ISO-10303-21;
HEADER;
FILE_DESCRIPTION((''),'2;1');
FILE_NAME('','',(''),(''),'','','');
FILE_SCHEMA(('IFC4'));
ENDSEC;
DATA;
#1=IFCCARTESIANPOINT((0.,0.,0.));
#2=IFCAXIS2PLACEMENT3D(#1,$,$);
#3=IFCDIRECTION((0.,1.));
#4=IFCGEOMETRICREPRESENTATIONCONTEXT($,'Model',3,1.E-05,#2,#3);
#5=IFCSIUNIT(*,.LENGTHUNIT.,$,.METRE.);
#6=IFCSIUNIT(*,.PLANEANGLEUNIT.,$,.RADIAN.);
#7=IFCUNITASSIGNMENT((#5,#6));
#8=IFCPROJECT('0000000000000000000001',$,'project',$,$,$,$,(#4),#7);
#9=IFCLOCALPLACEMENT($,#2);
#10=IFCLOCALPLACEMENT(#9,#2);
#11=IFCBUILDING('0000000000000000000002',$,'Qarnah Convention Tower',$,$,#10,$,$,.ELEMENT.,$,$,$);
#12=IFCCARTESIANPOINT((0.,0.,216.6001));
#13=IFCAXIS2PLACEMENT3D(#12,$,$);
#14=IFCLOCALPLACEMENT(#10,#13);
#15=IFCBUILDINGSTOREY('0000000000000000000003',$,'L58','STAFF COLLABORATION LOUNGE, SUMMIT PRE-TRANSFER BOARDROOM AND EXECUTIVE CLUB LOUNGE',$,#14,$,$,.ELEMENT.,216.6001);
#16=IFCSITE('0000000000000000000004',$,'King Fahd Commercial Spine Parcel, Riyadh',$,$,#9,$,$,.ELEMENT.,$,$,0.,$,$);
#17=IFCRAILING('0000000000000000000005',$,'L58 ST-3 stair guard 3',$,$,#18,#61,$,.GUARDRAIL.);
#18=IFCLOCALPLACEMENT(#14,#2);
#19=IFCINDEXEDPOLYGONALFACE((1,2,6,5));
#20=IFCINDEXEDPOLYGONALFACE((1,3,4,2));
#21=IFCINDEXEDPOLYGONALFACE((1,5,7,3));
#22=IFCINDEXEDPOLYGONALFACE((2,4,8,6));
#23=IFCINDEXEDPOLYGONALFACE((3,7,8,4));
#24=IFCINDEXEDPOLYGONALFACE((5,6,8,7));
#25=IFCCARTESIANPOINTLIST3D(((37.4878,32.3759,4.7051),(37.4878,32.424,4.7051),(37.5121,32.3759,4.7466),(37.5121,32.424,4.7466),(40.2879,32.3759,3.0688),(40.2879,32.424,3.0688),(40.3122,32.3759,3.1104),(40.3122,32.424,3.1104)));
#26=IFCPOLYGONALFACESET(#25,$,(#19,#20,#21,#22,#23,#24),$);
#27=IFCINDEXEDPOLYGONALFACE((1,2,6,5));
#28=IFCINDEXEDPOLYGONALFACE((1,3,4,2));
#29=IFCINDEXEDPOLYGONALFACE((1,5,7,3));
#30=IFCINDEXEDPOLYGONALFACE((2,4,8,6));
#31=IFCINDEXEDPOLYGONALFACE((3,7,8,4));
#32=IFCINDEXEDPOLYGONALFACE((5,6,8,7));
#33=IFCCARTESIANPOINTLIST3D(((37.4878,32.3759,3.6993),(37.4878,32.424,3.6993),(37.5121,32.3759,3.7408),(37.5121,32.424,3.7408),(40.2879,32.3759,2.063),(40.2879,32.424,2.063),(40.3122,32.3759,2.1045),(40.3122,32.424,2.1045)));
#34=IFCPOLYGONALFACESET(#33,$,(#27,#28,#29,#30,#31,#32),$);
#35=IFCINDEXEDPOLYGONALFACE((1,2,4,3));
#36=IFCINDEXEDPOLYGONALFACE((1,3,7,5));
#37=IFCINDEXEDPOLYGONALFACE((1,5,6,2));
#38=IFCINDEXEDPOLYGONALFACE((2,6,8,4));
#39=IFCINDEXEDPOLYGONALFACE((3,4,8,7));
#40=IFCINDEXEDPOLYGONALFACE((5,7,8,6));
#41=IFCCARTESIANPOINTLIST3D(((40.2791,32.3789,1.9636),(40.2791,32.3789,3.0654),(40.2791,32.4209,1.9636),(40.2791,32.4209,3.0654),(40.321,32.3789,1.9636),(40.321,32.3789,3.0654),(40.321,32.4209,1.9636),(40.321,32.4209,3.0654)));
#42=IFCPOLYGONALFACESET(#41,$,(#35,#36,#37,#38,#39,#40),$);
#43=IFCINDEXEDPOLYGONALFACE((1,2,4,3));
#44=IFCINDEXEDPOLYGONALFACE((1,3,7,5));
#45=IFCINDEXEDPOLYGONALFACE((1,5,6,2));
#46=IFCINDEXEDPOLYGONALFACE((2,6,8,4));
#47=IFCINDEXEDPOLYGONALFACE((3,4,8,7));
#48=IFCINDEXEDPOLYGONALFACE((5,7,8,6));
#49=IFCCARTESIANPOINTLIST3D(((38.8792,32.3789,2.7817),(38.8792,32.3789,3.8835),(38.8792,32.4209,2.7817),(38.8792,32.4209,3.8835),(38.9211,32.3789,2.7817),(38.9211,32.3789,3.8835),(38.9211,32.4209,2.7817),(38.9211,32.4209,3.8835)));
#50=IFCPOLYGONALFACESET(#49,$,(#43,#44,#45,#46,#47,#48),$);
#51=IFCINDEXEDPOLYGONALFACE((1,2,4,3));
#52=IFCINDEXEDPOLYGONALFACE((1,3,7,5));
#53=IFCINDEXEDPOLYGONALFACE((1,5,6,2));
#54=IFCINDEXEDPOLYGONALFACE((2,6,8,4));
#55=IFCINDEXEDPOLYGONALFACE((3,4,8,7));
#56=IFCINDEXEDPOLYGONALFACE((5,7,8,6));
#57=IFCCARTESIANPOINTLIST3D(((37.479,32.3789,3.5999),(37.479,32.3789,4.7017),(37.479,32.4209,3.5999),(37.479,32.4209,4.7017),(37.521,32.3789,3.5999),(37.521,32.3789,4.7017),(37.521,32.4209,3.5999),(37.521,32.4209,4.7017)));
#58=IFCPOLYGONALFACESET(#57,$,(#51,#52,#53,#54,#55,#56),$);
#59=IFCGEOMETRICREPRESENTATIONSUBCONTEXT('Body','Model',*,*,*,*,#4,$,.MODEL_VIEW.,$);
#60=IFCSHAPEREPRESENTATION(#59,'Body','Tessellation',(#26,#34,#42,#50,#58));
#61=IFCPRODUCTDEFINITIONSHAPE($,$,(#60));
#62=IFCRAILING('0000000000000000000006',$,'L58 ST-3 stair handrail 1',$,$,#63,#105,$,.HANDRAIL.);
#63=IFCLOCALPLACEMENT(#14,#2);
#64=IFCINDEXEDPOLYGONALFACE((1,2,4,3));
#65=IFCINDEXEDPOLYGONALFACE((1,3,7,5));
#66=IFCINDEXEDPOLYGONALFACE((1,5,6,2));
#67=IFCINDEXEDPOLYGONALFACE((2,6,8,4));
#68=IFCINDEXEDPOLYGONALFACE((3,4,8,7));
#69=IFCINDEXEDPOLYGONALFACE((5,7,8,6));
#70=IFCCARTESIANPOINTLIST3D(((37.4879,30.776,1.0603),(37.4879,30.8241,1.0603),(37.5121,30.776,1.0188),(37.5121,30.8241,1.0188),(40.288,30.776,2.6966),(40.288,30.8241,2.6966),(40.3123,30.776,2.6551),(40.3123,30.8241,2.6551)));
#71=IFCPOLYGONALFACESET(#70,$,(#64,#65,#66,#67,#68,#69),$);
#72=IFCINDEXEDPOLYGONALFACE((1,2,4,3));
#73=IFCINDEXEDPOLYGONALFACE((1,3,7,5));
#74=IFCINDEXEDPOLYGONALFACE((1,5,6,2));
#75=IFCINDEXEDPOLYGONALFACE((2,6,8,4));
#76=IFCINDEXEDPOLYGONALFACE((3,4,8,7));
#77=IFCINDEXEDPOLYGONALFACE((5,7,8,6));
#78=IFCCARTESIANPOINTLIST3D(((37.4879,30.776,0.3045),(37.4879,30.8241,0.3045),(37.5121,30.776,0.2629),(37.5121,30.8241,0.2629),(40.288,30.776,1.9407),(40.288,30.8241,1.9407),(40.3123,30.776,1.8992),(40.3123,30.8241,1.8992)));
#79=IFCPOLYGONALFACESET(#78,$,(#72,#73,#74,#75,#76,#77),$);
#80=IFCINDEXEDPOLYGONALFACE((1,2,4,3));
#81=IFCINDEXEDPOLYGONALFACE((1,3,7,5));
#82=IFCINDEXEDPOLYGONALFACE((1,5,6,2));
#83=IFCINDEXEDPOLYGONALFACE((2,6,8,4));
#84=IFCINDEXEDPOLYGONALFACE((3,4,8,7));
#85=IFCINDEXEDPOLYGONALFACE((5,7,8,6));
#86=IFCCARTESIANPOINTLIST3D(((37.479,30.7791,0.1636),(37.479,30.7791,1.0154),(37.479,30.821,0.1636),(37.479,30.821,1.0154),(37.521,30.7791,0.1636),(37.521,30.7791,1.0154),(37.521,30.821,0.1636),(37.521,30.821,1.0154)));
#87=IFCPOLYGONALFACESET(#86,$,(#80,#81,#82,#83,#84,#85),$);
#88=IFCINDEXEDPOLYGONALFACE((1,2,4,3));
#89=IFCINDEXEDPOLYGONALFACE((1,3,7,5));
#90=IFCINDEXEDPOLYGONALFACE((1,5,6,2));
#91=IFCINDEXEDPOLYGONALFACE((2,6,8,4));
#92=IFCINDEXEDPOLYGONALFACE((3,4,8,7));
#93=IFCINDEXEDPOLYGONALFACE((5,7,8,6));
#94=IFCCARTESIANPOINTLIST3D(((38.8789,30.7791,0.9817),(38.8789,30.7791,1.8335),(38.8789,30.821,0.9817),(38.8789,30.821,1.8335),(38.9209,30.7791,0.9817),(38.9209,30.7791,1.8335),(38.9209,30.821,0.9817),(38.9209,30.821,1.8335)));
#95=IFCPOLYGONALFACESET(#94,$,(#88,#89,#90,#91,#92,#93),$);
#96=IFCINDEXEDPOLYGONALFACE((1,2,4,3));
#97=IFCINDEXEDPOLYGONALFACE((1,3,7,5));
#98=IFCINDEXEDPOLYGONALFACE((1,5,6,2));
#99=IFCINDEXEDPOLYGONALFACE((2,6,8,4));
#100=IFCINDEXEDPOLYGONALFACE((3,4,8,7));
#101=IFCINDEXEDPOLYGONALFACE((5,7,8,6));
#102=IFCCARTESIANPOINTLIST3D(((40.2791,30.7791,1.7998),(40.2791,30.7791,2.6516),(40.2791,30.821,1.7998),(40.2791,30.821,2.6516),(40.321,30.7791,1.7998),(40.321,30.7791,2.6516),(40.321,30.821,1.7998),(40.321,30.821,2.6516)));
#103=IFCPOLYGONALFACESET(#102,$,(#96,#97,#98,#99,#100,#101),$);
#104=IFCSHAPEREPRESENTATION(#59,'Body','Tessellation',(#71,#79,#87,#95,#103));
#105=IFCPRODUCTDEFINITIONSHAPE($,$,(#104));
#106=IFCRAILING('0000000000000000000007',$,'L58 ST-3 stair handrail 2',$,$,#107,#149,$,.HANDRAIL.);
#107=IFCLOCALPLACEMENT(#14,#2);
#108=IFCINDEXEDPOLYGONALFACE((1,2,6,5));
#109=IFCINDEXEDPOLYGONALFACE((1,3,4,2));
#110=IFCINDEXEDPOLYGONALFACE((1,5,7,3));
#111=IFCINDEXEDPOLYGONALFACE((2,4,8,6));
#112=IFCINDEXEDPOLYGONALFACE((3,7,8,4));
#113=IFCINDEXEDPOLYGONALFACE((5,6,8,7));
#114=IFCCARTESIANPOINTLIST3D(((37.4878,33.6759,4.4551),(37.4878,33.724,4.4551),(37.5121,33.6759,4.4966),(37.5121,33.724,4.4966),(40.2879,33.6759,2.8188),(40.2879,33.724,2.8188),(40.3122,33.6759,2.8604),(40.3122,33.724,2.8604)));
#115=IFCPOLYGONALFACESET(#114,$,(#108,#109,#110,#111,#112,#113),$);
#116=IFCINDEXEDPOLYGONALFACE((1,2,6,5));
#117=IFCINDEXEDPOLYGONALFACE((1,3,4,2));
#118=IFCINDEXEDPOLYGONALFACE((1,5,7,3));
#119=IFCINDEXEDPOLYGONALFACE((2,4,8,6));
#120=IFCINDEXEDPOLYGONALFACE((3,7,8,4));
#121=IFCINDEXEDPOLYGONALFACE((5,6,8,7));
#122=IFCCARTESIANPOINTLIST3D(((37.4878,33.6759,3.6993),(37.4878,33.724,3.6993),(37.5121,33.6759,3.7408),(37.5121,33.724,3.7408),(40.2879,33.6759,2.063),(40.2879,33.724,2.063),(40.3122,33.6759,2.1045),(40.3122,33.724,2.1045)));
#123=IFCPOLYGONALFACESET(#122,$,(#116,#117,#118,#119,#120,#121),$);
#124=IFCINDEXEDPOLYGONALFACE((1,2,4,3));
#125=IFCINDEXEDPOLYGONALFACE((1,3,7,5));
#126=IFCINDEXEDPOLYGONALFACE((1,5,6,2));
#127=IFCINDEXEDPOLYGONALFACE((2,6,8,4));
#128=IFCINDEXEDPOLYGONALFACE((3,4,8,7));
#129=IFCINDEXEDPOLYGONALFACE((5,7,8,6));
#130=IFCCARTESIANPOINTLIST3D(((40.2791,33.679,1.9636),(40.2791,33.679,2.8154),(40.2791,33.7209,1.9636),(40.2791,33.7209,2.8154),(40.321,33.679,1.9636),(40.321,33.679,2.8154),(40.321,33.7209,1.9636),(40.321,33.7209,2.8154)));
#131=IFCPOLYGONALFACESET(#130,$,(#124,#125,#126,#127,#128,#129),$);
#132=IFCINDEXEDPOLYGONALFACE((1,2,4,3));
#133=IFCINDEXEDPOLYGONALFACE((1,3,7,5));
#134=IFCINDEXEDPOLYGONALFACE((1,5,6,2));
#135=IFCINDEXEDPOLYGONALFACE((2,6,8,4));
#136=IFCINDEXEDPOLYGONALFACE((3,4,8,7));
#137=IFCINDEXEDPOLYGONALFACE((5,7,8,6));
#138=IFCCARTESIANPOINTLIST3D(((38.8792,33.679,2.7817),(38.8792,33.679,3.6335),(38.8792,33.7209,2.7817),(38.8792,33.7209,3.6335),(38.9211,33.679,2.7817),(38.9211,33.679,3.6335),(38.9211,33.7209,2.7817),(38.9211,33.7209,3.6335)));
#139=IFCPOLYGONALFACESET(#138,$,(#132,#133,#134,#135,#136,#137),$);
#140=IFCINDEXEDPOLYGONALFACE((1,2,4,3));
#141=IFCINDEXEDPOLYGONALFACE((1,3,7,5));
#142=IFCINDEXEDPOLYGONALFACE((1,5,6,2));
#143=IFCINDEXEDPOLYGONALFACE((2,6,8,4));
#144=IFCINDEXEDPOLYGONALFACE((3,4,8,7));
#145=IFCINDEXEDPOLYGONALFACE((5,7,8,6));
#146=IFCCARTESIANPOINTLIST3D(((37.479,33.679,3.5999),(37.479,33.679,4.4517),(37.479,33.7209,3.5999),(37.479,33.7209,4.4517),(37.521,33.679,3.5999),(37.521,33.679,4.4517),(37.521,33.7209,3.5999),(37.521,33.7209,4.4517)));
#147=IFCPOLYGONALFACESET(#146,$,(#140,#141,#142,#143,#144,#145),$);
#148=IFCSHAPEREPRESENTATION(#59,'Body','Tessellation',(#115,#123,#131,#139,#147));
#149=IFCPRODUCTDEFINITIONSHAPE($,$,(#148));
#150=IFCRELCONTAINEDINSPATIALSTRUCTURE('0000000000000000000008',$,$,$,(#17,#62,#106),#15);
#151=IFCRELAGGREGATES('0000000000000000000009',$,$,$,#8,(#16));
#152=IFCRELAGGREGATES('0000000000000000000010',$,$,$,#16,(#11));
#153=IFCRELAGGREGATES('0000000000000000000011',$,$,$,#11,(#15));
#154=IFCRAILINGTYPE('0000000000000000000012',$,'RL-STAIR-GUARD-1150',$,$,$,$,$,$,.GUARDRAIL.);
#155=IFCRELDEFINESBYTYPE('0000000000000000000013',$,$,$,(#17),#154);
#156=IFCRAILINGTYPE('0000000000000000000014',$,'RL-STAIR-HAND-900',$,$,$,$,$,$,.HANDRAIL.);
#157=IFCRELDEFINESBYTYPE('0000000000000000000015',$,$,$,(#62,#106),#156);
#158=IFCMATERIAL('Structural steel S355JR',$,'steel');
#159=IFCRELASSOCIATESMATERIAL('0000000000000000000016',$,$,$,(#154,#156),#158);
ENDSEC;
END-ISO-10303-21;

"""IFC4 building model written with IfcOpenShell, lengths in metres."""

from ifc_helpers import new_model, si_unit, direction, frame, origin, origin_2d, place, context, subcontext, project, spatial, rectangle, extrude, material, type_object, element, save


model = new_model("IFC4")

# Units and contexts
model_context = context("Model", 3, precision=1e-05, world=origin(), true_north=direction((0.0, 1.0)))
body_context = subcontext(model_context, "Body", "Model", "MODEL_VIEW")
ifc_project = project(units=[si_unit("LENGTHUNIT", "METRE"), si_unit("PLANEANGLEUNIT", "RADIAN")], contexts=[model_context])

# Site, building, storey
site_placement = place(None, origin())
site = spatial("IfcSite", under=ifc_project, at=site_placement, Name="King Fahd Commercial Spine Parcel, Riyadh", CompositionType="ELEMENT", RefElevation=0.0)
building_placement = place(site_placement, origin())
building = spatial("IfcBuilding", under=site, at=building_placement, Name="Qarnah Convention Tower", CompositionType="ELEMENT")
storey_placement = place(building_placement, frame((0.0, 0.0, 216.6001)))
storey = spatial("IfcBuildingStorey", under=building, at=storey_placement, Name="L58", Description="STAFF COLLABORATION LOUNGE, SUMMIT PRE-TRANSFER BOARDROOM AND EXECUTIVE CLUB LOUNGE", CompositionType="ELEMENT", Elevation=216.6001)

# Shared definitions
ifc_material_1 = material(Name="Structural steel S355JR", Category="steel")

# Railings
railing_type_1 = type_object("IfcRailingType", Name="RL-STAIR-GUARD-1150", PredefinedType="GUARDRAIL", material=ifc_material_1)
railing_1_placement = place(storey_placement, frame((40.3, 32.3999, 1.9636)))
element("IfcRailing", 1, at=railing_1_placement, inside=storey, type_object=railing_type_1, Name="L58 ST-3 stair guard 3", PredefinedType="GUARDRAIL", context=body_context, shape_type="SweptSolid", body=[
    extrude(rectangle(XDim=0.0481, YDim=0.0481, at=origin_2d()), frame((0.0, 0.0, 1.126), z_axis=(-0.863394, 0.0, 0.504531), x_axis=(0.0, -1.0, 0.0)), (0.0, 0.0, 1.0), 3.2432),
    extrude(rectangle(XDim=0.0481, YDim=0.0481, at=origin_2d()), frame((0.0, 0.0, 0.1201), z_axis=(-0.863394, 0.0, 0.504531), x_axis=(0.0, -1.0, 0.0)), (0.0, 0.0, 1.0), 3.2432),
    extrude(rectangle(XDim=0.042, YDim=0.042, at=origin_2d()), origin(), (0.0, 0.0, 1.0), 1.1018),
    extrude(rectangle(XDim=0.042, YDim=0.042, at=origin_2d()), frame((-1.3999, 0.0, 0.8181)), (0.0, 0.0, 1.0), 1.1018),
    extrude(rectangle(XDim=0.042, YDim=0.042, at=origin_2d()), frame((-2.8, 0.0, 1.6362)), (0.0, 0.0, 1.0), 1.1018),
])
railing_type_2 = type_object("IfcRailingType", Name="RL-STAIR-HAND-900", PredefinedType="HANDRAIL", material=ifc_material_1)
railing_2_placement = place(storey_placement, frame((37.5, 30.8, 0.1636)))
element("IfcRailing", 2, at=railing_2_placement, inside=storey, type_object=railing_type_2, Name="L58 ST-3 stair handrail 1", PredefinedType="HANDRAIL", context=body_context, shape_type="SweptSolid", body=[
    extrude(rectangle(XDim=0.0481, YDim=0.0481, at=origin_2d()), frame((0.0, 0.0, 0.876), z_axis=(0.863394, 0.0, 0.504531), x_axis=(0.0, 1.0, 0.0)), (0.0, 0.0, 1.0), 3.2432),
    extrude(rectangle(XDim=0.0481, YDim=0.0481, at=origin_2d()), frame((0.0, 0.0, 0.1201), z_axis=(0.863394, 0.0, 0.504531), x_axis=(0.0, 1.0, 0.0)), (0.0, 0.0, 1.0), 3.2432),
    extrude(rectangle(XDim=0.042, YDim=0.042, at=origin_2d()), origin(), (0.0, 0.0, 1.0), 0.8518),
    extrude(rectangle(XDim=0.042, YDim=0.042, at=origin_2d()), frame((1.3999, 0.0, 0.8181)), (0.0, 0.0, 1.0), 0.8518),
    extrude(rectangle(XDim=0.042, YDim=0.042, at=origin_2d()), frame((2.8, 0.0, 1.6362)), (0.0, 0.0, 1.0), 0.8518),
])
railing_3_placement = place(storey_placement, frame((40.3, 33.7, 1.9636)))
element("IfcRailing", 3, at=railing_3_placement, inside=storey, type_object=railing_type_2, Name="L58 ST-3 stair handrail 2", PredefinedType="HANDRAIL", context=body_context, shape_type="SweptSolid", body=[
    extrude(rectangle(XDim=0.0481, YDim=0.0481, at=origin_2d()), frame((0.0, 0.0, 0.876), z_axis=(-0.863394, 0.0, 0.504531), x_axis=(0.0, -1.0, 0.0)), (0.0, 0.0, 1.0), 3.2432),
    extrude(rectangle(XDim=0.0481, YDim=0.0481, at=origin_2d()), frame((0.0, 0.0, 0.1201), z_axis=(-0.863394, 0.0, 0.504531), x_axis=(0.0, -1.0, 0.0)), (0.0, 0.0, 1.0), 3.2432),
    extrude(rectangle(XDim=0.042, YDim=0.042, at=origin_2d()), origin(), (0.0, 0.0, 1.0), 0.8518),
    extrude(rectangle(XDim=0.042, YDim=0.042, at=origin_2d()), frame((-1.3999, 0.0, 0.8181)), (0.0, 0.0, 1.0), 0.8518),
    extrude(rectangle(XDim=0.042, YDim=0.042, at=origin_2d()), frame((-2.8, 0.0, 1.6362)), (0.0, 0.0, 1.0), 0.8518),
])

save(model, "model.ifc")
